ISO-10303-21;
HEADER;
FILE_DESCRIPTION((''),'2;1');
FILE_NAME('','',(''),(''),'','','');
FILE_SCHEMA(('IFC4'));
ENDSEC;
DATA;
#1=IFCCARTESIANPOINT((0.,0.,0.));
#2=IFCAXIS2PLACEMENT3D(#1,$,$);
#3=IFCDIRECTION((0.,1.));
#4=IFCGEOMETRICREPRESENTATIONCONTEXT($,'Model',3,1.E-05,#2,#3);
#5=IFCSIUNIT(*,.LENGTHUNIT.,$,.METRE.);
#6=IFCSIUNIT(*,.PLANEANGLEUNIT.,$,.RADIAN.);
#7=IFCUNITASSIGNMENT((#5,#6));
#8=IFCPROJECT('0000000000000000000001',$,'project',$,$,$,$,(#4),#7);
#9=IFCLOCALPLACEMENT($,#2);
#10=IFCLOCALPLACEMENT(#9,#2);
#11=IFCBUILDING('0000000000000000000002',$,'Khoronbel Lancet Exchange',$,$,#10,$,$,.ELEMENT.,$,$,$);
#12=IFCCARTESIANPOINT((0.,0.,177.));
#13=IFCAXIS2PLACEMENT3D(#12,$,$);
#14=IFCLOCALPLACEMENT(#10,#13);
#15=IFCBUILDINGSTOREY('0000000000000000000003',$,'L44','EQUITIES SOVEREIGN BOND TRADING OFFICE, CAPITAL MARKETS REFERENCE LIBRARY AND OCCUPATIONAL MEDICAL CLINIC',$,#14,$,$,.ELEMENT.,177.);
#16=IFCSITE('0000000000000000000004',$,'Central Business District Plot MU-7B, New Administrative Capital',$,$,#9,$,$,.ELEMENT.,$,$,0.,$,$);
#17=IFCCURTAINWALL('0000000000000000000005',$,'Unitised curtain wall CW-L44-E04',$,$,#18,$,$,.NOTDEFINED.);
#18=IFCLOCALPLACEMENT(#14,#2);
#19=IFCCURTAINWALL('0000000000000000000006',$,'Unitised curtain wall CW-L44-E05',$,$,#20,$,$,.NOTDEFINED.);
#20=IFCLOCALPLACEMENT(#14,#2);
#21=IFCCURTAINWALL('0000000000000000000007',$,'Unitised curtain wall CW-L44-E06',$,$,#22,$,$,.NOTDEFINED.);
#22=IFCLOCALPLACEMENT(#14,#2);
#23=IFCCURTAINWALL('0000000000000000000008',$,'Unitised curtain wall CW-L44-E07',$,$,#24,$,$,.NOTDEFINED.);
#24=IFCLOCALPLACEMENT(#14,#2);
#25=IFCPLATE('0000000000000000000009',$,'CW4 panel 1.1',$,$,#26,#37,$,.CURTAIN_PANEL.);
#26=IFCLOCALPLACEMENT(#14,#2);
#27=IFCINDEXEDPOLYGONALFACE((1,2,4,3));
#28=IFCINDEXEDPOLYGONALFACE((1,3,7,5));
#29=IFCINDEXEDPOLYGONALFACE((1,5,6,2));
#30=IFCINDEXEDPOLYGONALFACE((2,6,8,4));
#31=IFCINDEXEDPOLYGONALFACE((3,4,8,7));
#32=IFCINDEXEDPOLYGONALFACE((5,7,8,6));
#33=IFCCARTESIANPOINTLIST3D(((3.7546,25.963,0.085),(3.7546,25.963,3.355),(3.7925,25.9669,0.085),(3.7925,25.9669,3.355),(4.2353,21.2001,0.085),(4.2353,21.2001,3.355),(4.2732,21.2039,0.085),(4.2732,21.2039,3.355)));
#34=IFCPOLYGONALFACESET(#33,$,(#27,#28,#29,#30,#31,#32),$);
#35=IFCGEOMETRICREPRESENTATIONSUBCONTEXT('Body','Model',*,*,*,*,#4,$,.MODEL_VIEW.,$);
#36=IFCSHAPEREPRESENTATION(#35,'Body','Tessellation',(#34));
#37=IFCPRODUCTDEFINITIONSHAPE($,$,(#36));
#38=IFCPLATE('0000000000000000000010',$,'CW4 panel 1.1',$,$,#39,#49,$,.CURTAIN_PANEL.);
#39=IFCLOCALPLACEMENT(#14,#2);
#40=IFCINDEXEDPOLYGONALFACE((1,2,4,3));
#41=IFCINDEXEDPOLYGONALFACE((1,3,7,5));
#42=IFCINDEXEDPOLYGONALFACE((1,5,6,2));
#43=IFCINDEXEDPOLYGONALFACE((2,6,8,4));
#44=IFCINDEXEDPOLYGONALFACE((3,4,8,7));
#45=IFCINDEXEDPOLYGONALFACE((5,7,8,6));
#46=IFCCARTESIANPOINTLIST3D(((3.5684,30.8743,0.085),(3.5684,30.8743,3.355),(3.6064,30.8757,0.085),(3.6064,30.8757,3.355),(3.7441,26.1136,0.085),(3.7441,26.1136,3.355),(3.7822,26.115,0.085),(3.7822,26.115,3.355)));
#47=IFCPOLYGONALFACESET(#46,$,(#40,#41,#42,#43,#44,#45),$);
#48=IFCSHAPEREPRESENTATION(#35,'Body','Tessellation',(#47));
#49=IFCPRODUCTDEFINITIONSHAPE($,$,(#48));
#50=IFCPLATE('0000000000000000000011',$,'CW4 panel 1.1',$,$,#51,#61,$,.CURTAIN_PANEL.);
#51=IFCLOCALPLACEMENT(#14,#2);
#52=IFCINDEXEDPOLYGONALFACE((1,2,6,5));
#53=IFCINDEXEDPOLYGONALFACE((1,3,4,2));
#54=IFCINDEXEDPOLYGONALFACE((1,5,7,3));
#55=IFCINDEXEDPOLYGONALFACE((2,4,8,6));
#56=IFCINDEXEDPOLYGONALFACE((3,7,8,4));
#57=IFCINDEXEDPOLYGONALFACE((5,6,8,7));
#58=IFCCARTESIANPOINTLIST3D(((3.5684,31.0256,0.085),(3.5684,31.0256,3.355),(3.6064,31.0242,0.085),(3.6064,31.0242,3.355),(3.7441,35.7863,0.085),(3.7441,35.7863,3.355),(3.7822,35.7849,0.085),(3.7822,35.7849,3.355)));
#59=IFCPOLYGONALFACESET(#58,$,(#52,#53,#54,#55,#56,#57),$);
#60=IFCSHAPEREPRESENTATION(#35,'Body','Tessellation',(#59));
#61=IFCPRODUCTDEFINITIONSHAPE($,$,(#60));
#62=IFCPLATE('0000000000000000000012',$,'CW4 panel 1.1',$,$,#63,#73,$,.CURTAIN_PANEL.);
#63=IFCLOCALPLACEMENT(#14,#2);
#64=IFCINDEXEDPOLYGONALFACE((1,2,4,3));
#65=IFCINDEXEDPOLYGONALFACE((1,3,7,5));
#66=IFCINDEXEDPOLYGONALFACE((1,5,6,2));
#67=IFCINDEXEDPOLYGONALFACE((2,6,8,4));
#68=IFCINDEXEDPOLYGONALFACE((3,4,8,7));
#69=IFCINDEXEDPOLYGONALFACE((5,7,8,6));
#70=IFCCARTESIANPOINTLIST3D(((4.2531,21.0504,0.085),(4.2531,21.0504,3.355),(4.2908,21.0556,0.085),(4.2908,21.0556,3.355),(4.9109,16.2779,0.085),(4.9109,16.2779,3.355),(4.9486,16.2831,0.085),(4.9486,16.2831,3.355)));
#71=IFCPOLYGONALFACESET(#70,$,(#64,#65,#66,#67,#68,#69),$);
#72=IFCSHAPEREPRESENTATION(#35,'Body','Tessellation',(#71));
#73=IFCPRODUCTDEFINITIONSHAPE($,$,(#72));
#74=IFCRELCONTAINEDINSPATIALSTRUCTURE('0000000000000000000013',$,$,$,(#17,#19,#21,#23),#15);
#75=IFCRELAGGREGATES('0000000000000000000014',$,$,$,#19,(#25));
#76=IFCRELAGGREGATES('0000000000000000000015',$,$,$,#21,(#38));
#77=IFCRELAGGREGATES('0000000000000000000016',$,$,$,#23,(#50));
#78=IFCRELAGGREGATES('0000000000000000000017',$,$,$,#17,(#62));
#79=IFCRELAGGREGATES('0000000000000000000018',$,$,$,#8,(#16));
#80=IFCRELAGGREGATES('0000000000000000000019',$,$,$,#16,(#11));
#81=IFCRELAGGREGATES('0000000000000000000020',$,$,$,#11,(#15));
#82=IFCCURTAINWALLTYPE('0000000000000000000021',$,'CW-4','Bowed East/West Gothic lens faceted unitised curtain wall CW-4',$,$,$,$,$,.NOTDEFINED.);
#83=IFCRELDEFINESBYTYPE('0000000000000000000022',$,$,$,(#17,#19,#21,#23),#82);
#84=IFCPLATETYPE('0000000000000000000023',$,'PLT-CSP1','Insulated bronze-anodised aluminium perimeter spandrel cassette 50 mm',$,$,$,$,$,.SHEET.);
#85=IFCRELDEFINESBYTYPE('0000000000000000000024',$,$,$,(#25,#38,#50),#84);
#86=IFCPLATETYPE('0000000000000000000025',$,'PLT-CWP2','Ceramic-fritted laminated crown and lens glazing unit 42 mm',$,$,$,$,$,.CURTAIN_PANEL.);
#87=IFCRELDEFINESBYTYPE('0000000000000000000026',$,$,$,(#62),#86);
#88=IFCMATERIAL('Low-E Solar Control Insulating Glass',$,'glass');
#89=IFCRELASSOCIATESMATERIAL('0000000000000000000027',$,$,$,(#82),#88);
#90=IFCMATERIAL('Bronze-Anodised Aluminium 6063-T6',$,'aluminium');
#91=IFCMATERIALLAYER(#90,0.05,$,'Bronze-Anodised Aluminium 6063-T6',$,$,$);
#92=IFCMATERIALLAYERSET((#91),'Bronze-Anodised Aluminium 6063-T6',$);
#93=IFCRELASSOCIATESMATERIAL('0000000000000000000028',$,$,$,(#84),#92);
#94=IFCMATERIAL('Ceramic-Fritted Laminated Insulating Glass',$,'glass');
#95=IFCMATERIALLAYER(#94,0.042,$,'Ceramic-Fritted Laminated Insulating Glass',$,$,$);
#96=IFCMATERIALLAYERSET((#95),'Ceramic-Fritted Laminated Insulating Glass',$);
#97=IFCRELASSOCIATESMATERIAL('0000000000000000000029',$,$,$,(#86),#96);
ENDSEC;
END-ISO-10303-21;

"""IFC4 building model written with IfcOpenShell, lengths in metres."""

from ifc_helpers import new_model, si_unit, direction, frame, origin, origin_2d, place, context, subcontext, project, spatial, rectangle, extrude, material, layer, layer_set, type_object, element, aggregate, save


model = new_model("IFC4")

# Units and contexts
model_context = context("Model", 3, precision=1e-05, world=origin(), true_north=direction((0.0, 1.0)))
body_context = subcontext(model_context, "Body", "Model", "MODEL_VIEW")
ifc_project = project(units=[si_unit("LENGTHUNIT", "METRE"), si_unit("PLANEANGLEUNIT", "RADIAN")], contexts=[model_context])

# Site, building, storey
site_placement = place(None, origin())
site = spatial("IfcSite", under=ifc_project, at=site_placement, Name="Central Business District Plot MU-7B, New Administrative Capital", CompositionType="ELEMENT", RefElevation=0.0)
building_placement = place(site_placement, origin())
building = spatial("IfcBuilding", under=site, at=building_placement, Name="Khoronbel Lancet Exchange", CompositionType="ELEMENT")
storey_placement = place(building_placement, frame((0.0, 0.0, 177.0)))
storey = spatial("IfcBuildingStorey", under=building, at=storey_placement, Name="L44", Description="EQUITIES SOVEREIGN BOND TRADING OFFICE, CAPITAL MARKETS REFERENCE LIBRARY AND OCCUPATIONAL MEDICAL CLINIC", CompositionType="ELEMENT", Elevation=177.0)

# Curtain walls
ifc_material_1 = material(Name="Low-E Solar Control Insulating Glass", Category="glass")
curtain_wall_type = type_object("IfcCurtainWallType", Name="CW-4", Description="Bowed East/West Gothic lens faceted unitised curtain wall CW-4", PredefinedType="NOTDEFINED", material=ifc_material_1)
curtain_wall_1_placement = place(storey_placement, origin())
curtain_wall_1 = element("IfcCurtainWall", 1, at=curtain_wall_1_placement, inside=storey, type_object=curtain_wall_type, Name="Unitised curtain wall CW-L44-E04", PredefinedType="NOTDEFINED")
ifc_material_2 = material(Name="Bronze-Anodised Aluminium 6063-T6", Category="aluminium")
curtain_wall_2_placement = place(storey_placement, origin())
curtain_wall_2 = element("IfcCurtainWall", 2, at=curtain_wall_2_placement, inside=storey, type_object=curtain_wall_type, Name="Unitised curtain wall CW-L44-E05", PredefinedType="NOTDEFINED")
curtain_wall_3_placement = place(storey_placement, origin())
curtain_wall_3 = element("IfcCurtainWall", 3, at=curtain_wall_3_placement, inside=storey, type_object=curtain_wall_type, Name="Unitised curtain wall CW-L44-E06", PredefinedType="NOTDEFINED")

# Curtain wall
curtain_wall_4_placement = place(storey_placement, origin())
curtain_wall_4 = element("IfcCurtainWall", 4, at=curtain_wall_4_placement, inside=storey, type_object=curtain_wall_type, Name="Unitised curtain wall CW-L44-E07", PredefinedType="NOTDEFINED")

# Plates
ifc_layer_1 = layer(ifc_material_2, 0.05, Name="Bronze-Anodised Aluminium 6063-T6")
ifc_layer_set_1 = layer_set([ifc_layer_1], Name="Bronze-Anodised Aluminium 6063-T6")
plate_type_1 = type_object("IfcPlateType", Name="PLT-CSP1", Description="Insulated bronze-anodised aluminium perimeter spandrel cassette 50 mm", PredefinedType="SHEET", material=ifc_layer_set_1)
plate_1_placement = place(storey_placement, frame((4.0139, 23.5835, 0.085), z_axis=(0.0, 0.0, 1.0), x_axis=(-0.100404, 0.994947, 0.0)))
plate_1 = element("IfcPlate", 5, at=plate_1_placement, type_object=plate_type_1, Name="CW4 panel 1.1", PredefinedType="CURTAIN_PANEL", context=body_context, shape_type="SweptSolid", body=[
    extrude(rectangle(XDim=4.7871, YDim=0.0381, at=origin_2d()), origin(), (0.0, 0.0, 1.0), 3.27),
])
aggregate(curtain_wall_2, [plate_1])
plate_2_placement = place(storey_placement, frame((3.6753, 28.4946, 0.085), z_axis=(0.0, 0.0, 1.0), x_axis=(-0.036896, 0.999319, 0.0)))
plate_2 = element("IfcPlate", 6, at=plate_2_placement, type_object=plate_type_1, Name="CW4 panel 1.1", PredefinedType="CURTAIN_PANEL", context=body_context, shape_type="SweptSolid", body=[
    extrude(rectangle(XDim=4.7639, YDim=0.0381, at=origin_2d()), origin(), (0.0, 0.0, 1.0), 3.27),
])
aggregate(curtain_wall_3, [plate_2])
plate_3_placement = place(storey_placement, frame((3.6753, 33.4053, 0.085), z_axis=(0.0, 0.0, 1.0), x_axis=(0.036896, 0.999319, 0.0)))
plate_3 = element("IfcPlate", 7, at=plate_3_placement, type_object=plate_type_1, Name="CW4 panel 1.1", PredefinedType="CURTAIN_PANEL", context=body_context, shape_type="SweptSolid", body=[
    extrude(rectangle(XDim=4.7639, YDim=0.0381, at=origin_2d()), origin(), (0.0, 0.0, 1.0), 3.27),
])
aggregate(curtain_wall_4, [plate_3])
ifc_material_3 = material(Name="Ceramic-Fritted Laminated Insulating Glass", Category="glass")
ifc_layer_2 = layer(ifc_material_3, 0.042, Name="Ceramic-Fritted Laminated Insulating Glass")
ifc_layer_set_2 = layer_set([ifc_layer_2], Name="Ceramic-Fritted Laminated Insulating Glass")
plate_type_2 = type_object("IfcPlateType", Name="PLT-CWP2", Description="Ceramic-fritted laminated crown and lens glazing unit 42 mm", PredefinedType="CURTAIN_PANEL", material=ifc_layer_set_2)
plate_4_placement = place(storey_placement, frame((4.6008, 18.6667, 0.085), z_axis=(0.0, 0.0, 1.0), x_axis=(-0.136541, 0.990634, 0.0)))
plate_4 = element("IfcPlate", 8, at=plate_4_placement, type_object=plate_type_2, Name="CW4 panel 1.1", PredefinedType="CURTAIN_PANEL", context=body_context, shape_type="SweptSolid", body=[
    extrude(rectangle(XDim=4.8176, YDim=0.0381, at=origin_2d()), origin(), (0.0, 0.0, 1.0), 3.27),
])
aggregate(curtain_wall_1, [plate_4])

save(model, "model.ifc")
